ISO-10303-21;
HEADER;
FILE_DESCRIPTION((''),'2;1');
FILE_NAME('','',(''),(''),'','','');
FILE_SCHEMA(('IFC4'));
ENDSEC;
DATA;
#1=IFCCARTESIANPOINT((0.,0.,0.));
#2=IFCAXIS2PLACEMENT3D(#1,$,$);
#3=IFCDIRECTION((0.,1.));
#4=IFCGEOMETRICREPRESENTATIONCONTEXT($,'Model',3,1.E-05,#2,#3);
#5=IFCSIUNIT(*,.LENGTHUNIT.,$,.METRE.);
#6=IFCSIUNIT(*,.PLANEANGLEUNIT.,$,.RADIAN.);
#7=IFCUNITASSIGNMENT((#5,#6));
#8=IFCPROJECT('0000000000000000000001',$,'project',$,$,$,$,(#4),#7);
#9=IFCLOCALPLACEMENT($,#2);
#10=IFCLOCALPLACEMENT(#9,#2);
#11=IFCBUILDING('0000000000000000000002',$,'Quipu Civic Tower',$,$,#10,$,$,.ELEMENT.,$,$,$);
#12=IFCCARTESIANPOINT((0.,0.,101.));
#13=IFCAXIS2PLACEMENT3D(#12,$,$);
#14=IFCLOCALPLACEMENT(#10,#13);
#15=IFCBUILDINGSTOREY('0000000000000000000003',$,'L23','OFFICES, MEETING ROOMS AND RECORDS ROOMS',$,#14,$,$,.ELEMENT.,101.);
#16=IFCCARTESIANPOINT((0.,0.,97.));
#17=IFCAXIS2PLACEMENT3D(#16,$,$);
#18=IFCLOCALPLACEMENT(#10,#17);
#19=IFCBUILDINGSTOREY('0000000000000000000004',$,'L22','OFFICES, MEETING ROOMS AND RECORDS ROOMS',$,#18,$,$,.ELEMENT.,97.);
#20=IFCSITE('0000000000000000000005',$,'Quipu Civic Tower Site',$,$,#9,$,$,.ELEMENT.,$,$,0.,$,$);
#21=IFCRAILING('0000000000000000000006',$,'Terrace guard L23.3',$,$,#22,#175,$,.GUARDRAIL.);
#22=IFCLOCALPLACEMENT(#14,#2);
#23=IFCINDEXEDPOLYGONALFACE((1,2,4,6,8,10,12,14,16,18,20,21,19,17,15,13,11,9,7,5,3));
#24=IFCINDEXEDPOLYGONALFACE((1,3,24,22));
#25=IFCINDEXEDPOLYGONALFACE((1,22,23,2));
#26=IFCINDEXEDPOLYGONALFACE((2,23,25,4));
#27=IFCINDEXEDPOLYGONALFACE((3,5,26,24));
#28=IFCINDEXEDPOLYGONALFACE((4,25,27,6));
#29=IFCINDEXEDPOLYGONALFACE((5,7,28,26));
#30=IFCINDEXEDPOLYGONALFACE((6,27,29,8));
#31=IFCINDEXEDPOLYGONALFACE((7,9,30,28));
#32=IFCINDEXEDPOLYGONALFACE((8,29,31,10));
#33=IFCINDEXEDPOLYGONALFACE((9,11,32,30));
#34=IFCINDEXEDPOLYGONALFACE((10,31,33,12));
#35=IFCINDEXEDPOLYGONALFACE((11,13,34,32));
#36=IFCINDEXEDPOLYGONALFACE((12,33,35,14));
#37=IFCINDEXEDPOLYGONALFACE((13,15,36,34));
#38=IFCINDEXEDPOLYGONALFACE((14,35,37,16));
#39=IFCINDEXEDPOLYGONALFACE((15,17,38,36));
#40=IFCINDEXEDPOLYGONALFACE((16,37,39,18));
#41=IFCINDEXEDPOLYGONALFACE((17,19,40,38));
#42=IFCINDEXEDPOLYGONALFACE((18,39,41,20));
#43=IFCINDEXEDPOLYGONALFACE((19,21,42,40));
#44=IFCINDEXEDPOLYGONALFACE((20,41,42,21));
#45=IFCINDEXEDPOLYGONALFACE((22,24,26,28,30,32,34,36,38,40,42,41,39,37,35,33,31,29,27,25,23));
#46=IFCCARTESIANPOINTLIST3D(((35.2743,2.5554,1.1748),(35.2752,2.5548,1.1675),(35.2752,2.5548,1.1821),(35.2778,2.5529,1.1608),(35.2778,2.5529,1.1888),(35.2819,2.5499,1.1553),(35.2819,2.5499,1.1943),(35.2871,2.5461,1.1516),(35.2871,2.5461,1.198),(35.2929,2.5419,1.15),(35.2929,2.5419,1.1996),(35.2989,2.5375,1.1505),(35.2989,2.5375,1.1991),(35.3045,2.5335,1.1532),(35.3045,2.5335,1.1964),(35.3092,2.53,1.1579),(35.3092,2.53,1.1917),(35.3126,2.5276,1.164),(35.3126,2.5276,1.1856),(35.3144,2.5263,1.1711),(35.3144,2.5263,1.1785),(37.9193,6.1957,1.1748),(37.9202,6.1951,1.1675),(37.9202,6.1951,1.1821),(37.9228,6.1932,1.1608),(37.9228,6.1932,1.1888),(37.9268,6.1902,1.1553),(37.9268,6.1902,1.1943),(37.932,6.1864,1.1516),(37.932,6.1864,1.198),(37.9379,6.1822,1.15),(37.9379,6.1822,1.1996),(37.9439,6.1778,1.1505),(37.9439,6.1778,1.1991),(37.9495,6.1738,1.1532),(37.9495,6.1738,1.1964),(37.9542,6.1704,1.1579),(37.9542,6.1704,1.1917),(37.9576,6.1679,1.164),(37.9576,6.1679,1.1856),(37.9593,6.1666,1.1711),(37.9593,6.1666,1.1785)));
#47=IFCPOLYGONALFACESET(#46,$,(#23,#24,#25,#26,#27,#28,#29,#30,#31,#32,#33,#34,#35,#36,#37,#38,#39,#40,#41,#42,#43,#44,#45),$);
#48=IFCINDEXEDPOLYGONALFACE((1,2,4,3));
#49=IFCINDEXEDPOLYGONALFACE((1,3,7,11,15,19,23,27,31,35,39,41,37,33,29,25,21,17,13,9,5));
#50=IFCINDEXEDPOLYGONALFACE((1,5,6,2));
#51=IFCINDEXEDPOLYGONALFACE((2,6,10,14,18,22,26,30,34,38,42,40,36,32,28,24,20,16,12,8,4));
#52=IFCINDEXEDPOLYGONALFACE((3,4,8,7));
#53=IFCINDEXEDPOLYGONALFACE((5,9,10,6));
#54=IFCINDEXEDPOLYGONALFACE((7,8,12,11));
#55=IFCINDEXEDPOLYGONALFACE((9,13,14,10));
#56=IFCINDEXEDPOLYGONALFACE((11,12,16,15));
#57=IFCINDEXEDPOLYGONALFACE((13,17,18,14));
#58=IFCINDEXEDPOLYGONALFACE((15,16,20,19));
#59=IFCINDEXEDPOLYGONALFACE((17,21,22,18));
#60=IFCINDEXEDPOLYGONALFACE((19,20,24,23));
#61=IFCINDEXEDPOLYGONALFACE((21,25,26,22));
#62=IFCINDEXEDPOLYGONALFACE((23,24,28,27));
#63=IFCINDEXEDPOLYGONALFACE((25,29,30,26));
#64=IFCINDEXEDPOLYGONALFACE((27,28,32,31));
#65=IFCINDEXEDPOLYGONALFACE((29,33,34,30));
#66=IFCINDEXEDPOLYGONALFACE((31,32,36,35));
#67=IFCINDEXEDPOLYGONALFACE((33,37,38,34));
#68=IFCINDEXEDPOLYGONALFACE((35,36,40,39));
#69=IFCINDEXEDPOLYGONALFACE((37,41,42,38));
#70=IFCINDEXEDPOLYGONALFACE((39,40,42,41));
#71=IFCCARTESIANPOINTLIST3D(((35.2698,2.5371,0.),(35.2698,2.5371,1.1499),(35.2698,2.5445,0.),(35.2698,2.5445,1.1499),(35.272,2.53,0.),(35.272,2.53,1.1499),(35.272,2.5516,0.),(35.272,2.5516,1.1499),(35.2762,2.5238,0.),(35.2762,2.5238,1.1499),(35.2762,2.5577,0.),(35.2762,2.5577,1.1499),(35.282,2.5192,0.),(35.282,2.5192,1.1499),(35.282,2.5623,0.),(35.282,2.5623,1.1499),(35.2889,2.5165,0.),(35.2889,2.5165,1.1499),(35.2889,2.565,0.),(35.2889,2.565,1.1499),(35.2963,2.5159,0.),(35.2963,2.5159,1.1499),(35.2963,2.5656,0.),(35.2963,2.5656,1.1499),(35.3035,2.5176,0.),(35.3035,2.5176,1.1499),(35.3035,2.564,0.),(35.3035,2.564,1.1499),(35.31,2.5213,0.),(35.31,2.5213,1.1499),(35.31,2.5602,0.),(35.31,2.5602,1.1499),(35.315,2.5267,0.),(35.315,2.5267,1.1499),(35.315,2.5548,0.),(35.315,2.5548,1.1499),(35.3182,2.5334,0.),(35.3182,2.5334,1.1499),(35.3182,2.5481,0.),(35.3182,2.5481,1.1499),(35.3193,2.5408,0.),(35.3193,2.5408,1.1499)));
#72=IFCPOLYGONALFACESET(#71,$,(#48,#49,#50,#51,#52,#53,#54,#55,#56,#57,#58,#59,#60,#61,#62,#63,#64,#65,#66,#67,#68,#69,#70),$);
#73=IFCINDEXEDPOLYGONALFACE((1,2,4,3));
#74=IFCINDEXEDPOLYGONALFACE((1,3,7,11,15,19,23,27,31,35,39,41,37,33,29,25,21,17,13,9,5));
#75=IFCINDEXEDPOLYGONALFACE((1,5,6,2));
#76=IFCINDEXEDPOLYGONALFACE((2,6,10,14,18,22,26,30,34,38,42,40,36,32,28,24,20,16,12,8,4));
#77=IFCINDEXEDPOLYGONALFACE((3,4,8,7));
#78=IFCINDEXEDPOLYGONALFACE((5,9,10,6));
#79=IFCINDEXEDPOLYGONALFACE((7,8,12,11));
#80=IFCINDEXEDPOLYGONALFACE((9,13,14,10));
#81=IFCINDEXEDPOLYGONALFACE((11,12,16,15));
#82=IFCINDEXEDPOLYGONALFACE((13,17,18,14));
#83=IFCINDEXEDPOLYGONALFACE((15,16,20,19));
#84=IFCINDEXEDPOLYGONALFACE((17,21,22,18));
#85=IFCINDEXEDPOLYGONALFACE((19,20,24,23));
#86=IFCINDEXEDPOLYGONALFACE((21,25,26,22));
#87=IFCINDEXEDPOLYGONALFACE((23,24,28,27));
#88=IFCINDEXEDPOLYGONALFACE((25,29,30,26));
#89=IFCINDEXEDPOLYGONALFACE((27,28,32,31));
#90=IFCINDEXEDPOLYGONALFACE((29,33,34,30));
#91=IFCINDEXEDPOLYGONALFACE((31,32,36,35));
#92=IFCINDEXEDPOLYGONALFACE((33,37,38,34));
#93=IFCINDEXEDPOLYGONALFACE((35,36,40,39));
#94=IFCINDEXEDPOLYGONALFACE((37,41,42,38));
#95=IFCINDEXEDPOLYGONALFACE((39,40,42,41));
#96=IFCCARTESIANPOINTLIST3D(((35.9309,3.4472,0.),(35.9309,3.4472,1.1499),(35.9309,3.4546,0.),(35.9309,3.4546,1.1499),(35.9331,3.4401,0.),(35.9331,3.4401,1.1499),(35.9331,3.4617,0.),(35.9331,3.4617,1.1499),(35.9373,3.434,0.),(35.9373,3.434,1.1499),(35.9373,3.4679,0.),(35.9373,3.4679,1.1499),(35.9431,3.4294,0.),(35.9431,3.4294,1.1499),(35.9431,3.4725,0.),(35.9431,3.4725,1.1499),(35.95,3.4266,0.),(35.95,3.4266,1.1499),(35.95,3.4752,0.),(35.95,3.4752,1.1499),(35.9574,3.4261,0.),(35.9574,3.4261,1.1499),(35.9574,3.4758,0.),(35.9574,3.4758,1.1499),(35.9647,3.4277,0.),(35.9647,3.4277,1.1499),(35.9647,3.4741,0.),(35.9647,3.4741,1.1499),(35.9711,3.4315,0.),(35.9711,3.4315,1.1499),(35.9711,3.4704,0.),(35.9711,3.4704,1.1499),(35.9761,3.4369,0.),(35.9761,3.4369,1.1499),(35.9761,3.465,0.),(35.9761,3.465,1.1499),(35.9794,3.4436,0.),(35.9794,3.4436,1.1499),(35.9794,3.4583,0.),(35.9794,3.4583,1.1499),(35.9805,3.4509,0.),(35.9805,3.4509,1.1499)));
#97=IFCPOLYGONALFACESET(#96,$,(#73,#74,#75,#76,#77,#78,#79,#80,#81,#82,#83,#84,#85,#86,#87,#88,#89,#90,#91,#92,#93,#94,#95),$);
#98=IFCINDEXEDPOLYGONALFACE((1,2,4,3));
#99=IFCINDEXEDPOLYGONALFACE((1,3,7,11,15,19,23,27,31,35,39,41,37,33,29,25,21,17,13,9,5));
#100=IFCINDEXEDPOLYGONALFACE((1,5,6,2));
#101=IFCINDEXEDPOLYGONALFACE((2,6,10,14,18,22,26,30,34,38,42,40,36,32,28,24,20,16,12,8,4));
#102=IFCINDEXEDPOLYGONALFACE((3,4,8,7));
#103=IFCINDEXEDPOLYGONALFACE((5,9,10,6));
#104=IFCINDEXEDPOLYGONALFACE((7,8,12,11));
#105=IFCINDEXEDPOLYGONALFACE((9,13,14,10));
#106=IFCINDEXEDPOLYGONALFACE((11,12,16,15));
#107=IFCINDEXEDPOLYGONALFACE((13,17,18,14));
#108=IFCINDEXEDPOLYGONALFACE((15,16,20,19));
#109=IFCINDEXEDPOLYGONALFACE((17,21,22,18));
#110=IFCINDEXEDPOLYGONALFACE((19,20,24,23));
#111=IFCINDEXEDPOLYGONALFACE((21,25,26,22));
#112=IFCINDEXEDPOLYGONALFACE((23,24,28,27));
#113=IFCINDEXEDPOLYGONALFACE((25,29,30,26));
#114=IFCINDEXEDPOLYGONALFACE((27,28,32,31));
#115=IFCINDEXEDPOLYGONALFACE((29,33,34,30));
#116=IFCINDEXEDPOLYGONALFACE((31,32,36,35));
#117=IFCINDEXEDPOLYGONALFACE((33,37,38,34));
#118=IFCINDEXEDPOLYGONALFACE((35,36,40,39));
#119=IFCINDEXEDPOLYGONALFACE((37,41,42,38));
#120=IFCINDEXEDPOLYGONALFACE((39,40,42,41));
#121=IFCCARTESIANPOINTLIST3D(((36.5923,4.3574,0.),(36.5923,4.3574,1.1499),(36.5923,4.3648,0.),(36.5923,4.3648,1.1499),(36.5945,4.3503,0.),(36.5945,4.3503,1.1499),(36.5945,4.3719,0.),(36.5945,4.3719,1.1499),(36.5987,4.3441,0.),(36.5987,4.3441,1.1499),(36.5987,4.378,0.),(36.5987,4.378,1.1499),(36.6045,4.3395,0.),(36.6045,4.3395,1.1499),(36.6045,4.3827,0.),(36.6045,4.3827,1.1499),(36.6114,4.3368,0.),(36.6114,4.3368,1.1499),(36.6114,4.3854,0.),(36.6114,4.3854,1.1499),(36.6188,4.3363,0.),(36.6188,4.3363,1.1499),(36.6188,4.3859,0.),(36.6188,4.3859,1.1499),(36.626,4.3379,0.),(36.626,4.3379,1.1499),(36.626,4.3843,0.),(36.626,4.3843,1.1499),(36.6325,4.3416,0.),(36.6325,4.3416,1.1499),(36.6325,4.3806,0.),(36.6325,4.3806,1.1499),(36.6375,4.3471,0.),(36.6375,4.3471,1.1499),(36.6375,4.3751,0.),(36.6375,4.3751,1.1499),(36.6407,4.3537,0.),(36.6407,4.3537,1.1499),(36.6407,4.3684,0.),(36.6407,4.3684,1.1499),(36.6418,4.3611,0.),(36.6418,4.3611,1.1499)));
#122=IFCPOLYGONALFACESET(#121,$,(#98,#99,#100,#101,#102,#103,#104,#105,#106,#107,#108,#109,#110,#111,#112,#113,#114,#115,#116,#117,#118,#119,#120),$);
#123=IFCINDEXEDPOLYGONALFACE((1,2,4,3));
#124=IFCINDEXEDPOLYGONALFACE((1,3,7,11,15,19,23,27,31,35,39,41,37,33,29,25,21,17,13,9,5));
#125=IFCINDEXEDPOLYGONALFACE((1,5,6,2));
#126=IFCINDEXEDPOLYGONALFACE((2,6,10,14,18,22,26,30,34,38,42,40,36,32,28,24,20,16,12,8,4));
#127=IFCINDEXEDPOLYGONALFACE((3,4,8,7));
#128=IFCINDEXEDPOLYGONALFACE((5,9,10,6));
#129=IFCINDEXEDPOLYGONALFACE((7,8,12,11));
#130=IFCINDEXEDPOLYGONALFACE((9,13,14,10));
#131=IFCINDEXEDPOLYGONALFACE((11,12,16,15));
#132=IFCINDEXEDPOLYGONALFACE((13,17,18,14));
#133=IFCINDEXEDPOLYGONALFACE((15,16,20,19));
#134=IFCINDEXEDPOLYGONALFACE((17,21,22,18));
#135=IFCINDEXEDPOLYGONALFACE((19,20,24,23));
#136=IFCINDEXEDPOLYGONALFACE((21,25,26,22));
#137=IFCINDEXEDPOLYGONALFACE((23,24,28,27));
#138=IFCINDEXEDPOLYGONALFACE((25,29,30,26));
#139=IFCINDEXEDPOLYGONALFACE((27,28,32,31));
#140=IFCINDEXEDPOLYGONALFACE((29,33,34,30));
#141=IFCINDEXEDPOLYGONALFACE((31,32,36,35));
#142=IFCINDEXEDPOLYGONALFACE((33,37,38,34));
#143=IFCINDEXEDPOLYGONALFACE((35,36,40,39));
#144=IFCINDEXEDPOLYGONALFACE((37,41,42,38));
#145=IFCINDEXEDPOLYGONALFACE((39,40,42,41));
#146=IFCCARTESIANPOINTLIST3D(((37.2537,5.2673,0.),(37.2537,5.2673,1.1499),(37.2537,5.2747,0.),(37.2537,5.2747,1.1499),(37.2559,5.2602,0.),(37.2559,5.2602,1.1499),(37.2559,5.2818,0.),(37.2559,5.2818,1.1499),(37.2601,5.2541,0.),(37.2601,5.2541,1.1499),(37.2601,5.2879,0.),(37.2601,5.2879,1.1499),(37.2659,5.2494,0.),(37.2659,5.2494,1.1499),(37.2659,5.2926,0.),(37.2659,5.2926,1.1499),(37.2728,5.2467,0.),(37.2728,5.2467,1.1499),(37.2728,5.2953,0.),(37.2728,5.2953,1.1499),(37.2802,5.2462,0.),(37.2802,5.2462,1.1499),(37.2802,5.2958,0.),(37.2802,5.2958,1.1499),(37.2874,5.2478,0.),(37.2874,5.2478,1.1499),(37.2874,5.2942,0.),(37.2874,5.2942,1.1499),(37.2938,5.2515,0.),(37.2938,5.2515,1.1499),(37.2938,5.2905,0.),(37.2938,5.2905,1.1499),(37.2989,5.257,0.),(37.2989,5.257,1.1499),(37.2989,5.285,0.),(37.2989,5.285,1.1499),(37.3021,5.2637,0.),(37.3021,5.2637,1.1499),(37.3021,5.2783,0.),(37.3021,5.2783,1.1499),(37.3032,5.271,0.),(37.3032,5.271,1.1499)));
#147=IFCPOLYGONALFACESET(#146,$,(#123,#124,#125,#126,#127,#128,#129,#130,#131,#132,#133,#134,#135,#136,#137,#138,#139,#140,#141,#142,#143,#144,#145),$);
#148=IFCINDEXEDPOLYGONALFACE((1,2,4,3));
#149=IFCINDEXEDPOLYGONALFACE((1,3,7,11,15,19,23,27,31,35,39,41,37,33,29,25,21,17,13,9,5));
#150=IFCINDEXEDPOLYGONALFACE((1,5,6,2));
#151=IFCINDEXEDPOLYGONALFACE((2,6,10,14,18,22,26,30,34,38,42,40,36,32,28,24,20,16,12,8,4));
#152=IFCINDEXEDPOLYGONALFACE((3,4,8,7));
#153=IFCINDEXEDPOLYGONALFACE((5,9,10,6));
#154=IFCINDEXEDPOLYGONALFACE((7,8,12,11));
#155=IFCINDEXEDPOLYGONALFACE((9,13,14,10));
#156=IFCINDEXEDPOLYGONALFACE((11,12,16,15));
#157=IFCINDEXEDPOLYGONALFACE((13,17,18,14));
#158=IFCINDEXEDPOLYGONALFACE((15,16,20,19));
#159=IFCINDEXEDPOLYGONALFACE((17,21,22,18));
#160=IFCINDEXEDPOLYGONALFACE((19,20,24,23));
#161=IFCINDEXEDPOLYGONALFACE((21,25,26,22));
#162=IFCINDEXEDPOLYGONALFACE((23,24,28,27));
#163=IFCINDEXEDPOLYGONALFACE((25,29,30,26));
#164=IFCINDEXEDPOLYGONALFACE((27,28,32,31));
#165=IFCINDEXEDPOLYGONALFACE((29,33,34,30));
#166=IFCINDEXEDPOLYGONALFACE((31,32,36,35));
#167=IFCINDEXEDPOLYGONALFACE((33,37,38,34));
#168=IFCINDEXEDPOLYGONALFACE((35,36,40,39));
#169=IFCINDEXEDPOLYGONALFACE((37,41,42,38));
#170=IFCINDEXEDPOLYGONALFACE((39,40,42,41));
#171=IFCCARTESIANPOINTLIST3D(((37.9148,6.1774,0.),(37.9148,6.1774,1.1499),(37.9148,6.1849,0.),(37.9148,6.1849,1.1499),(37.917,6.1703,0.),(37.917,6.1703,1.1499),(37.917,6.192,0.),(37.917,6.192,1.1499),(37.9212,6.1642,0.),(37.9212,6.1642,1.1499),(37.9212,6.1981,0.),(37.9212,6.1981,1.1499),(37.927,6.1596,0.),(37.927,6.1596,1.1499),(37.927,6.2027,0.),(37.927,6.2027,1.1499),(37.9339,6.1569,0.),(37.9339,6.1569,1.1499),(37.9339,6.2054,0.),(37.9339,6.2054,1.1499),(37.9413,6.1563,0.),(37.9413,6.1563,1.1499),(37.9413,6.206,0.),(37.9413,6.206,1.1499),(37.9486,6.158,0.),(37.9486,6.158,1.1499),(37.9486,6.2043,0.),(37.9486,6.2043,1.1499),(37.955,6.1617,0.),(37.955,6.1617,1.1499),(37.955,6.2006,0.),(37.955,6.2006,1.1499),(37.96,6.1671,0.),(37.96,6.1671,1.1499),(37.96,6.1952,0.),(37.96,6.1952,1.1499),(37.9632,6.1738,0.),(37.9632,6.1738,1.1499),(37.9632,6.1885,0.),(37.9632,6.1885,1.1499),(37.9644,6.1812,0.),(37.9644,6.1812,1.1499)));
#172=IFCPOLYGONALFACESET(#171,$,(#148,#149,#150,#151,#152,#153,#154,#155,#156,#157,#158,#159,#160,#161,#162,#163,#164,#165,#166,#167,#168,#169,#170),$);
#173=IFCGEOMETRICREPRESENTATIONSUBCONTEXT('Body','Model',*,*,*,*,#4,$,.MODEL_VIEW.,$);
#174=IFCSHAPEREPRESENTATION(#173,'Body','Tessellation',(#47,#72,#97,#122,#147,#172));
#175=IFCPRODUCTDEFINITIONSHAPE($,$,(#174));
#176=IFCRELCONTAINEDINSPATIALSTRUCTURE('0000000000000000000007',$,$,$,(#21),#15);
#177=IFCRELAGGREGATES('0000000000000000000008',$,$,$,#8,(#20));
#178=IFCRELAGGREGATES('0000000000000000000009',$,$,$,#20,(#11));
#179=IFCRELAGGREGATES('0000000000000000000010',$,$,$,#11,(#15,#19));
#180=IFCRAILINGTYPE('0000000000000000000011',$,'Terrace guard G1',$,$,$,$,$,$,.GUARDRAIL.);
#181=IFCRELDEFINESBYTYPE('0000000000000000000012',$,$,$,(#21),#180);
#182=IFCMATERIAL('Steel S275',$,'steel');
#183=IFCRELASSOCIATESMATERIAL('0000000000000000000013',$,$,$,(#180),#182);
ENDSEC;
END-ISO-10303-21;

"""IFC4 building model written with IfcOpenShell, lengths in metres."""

from ifc_helpers import new_model, si_unit, direction, frame, origin, origin_2d, place, context, subcontext, project, spatial, circle, extrude, material, type_object, element, save


model = new_model("IFC4")

# Units and contexts
model_context = context("Model", 3, precision=1e-05, world=origin(), true_north=direction((0.0, 1.0)))
body_context = subcontext(model_context, "Body", "Model", "MODEL_VIEW")
ifc_project = project(units=[si_unit("LENGTHUNIT", "METRE"), si_unit("PLANEANGLEUNIT", "RADIAN")], contexts=[model_context])

# Site, building, storey
site_placement = place(None, origin())
site = spatial("IfcSite", under=ifc_project, at=site_placement, Name="Quipu Civic Tower Site", CompositionType="ELEMENT", RefElevation=0.0)
building_placement = place(site_placement, origin())
building = spatial("IfcBuilding", under=site, at=building_placement, Name="Quipu Civic Tower", CompositionType="ELEMENT")
storey_1_placement = place(building_placement, frame((0.0, 0.0, 101.0)))
storey_1 = spatial("IfcBuildingStorey", under=building, at=storey_1_placement, Name="L23", Description="OFFICES, MEETING ROOMS AND RECORDS ROOMS", CompositionType="ELEMENT", Elevation=101.0)

# Shared definitions
storey_2_placement = place(building_placement, frame((0.0, 0.0, 97.0)))
storey_2 = spatial("IfcBuildingStorey", under=building, at=storey_2_placement, Name="L22", Description="OFFICES, MEETING ROOMS AND RECORDS ROOMS", CompositionType="ELEMENT", Elevation=97.0)

# Railing
ifc_material_1 = material(Name="Steel S275", Category="steel")
railing_type = type_object("IfcRailingType", Name="Terrace guard G1", PredefinedType="GUARDRAIL", material=ifc_material_1)
railing_1_placement = place(storey_1_placement, frame((35.2944, 2.5408, 0.0)))
element("IfcRailing", 1, at=railing_1_placement, inside=storey_1, type_object=railing_type, Name="Terrace guard L23.3", PredefinedType="GUARDRAIL", context=body_context, shape_type="SweptSolid", body=[
    extrude(circle(Radius=0.0249, at=origin_2d()), frame((0.0, 0.0, 1.1748), z_axis=(0.587804, 0.809003, 0.0), x_axis=(-0.809003, 0.587804, 0.0)), (0.0, 0.0, 1.0), 4.4998),
    extrude(circle(Radius=0.0249, at=origin_2d()), origin(), (0.0, 0.0, 1.0), 1.1499),
    extrude(circle(Radius=0.0249, at=origin_2d()), frame((0.6611, 0.9102, 0.0)), (0.0, 0.0, 1.0), 1.1499),
    extrude(circle(Radius=0.0249, at=origin_2d()), frame((1.3225, 1.8203, 0.0)), (0.0, 0.0, 1.0), 1.1499),
    extrude(circle(Radius=0.0249, at=origin_2d()), frame((1.9839, 2.7302, 0.0)), (0.0, 0.0, 1.0), 1.1499),
    extrude(circle(Radius=0.0249, at=origin_2d()), frame((2.645, 3.6404, 0.0)), (0.0, 0.0, 1.0), 1.1499),
])

save(model, "model.ifc")
